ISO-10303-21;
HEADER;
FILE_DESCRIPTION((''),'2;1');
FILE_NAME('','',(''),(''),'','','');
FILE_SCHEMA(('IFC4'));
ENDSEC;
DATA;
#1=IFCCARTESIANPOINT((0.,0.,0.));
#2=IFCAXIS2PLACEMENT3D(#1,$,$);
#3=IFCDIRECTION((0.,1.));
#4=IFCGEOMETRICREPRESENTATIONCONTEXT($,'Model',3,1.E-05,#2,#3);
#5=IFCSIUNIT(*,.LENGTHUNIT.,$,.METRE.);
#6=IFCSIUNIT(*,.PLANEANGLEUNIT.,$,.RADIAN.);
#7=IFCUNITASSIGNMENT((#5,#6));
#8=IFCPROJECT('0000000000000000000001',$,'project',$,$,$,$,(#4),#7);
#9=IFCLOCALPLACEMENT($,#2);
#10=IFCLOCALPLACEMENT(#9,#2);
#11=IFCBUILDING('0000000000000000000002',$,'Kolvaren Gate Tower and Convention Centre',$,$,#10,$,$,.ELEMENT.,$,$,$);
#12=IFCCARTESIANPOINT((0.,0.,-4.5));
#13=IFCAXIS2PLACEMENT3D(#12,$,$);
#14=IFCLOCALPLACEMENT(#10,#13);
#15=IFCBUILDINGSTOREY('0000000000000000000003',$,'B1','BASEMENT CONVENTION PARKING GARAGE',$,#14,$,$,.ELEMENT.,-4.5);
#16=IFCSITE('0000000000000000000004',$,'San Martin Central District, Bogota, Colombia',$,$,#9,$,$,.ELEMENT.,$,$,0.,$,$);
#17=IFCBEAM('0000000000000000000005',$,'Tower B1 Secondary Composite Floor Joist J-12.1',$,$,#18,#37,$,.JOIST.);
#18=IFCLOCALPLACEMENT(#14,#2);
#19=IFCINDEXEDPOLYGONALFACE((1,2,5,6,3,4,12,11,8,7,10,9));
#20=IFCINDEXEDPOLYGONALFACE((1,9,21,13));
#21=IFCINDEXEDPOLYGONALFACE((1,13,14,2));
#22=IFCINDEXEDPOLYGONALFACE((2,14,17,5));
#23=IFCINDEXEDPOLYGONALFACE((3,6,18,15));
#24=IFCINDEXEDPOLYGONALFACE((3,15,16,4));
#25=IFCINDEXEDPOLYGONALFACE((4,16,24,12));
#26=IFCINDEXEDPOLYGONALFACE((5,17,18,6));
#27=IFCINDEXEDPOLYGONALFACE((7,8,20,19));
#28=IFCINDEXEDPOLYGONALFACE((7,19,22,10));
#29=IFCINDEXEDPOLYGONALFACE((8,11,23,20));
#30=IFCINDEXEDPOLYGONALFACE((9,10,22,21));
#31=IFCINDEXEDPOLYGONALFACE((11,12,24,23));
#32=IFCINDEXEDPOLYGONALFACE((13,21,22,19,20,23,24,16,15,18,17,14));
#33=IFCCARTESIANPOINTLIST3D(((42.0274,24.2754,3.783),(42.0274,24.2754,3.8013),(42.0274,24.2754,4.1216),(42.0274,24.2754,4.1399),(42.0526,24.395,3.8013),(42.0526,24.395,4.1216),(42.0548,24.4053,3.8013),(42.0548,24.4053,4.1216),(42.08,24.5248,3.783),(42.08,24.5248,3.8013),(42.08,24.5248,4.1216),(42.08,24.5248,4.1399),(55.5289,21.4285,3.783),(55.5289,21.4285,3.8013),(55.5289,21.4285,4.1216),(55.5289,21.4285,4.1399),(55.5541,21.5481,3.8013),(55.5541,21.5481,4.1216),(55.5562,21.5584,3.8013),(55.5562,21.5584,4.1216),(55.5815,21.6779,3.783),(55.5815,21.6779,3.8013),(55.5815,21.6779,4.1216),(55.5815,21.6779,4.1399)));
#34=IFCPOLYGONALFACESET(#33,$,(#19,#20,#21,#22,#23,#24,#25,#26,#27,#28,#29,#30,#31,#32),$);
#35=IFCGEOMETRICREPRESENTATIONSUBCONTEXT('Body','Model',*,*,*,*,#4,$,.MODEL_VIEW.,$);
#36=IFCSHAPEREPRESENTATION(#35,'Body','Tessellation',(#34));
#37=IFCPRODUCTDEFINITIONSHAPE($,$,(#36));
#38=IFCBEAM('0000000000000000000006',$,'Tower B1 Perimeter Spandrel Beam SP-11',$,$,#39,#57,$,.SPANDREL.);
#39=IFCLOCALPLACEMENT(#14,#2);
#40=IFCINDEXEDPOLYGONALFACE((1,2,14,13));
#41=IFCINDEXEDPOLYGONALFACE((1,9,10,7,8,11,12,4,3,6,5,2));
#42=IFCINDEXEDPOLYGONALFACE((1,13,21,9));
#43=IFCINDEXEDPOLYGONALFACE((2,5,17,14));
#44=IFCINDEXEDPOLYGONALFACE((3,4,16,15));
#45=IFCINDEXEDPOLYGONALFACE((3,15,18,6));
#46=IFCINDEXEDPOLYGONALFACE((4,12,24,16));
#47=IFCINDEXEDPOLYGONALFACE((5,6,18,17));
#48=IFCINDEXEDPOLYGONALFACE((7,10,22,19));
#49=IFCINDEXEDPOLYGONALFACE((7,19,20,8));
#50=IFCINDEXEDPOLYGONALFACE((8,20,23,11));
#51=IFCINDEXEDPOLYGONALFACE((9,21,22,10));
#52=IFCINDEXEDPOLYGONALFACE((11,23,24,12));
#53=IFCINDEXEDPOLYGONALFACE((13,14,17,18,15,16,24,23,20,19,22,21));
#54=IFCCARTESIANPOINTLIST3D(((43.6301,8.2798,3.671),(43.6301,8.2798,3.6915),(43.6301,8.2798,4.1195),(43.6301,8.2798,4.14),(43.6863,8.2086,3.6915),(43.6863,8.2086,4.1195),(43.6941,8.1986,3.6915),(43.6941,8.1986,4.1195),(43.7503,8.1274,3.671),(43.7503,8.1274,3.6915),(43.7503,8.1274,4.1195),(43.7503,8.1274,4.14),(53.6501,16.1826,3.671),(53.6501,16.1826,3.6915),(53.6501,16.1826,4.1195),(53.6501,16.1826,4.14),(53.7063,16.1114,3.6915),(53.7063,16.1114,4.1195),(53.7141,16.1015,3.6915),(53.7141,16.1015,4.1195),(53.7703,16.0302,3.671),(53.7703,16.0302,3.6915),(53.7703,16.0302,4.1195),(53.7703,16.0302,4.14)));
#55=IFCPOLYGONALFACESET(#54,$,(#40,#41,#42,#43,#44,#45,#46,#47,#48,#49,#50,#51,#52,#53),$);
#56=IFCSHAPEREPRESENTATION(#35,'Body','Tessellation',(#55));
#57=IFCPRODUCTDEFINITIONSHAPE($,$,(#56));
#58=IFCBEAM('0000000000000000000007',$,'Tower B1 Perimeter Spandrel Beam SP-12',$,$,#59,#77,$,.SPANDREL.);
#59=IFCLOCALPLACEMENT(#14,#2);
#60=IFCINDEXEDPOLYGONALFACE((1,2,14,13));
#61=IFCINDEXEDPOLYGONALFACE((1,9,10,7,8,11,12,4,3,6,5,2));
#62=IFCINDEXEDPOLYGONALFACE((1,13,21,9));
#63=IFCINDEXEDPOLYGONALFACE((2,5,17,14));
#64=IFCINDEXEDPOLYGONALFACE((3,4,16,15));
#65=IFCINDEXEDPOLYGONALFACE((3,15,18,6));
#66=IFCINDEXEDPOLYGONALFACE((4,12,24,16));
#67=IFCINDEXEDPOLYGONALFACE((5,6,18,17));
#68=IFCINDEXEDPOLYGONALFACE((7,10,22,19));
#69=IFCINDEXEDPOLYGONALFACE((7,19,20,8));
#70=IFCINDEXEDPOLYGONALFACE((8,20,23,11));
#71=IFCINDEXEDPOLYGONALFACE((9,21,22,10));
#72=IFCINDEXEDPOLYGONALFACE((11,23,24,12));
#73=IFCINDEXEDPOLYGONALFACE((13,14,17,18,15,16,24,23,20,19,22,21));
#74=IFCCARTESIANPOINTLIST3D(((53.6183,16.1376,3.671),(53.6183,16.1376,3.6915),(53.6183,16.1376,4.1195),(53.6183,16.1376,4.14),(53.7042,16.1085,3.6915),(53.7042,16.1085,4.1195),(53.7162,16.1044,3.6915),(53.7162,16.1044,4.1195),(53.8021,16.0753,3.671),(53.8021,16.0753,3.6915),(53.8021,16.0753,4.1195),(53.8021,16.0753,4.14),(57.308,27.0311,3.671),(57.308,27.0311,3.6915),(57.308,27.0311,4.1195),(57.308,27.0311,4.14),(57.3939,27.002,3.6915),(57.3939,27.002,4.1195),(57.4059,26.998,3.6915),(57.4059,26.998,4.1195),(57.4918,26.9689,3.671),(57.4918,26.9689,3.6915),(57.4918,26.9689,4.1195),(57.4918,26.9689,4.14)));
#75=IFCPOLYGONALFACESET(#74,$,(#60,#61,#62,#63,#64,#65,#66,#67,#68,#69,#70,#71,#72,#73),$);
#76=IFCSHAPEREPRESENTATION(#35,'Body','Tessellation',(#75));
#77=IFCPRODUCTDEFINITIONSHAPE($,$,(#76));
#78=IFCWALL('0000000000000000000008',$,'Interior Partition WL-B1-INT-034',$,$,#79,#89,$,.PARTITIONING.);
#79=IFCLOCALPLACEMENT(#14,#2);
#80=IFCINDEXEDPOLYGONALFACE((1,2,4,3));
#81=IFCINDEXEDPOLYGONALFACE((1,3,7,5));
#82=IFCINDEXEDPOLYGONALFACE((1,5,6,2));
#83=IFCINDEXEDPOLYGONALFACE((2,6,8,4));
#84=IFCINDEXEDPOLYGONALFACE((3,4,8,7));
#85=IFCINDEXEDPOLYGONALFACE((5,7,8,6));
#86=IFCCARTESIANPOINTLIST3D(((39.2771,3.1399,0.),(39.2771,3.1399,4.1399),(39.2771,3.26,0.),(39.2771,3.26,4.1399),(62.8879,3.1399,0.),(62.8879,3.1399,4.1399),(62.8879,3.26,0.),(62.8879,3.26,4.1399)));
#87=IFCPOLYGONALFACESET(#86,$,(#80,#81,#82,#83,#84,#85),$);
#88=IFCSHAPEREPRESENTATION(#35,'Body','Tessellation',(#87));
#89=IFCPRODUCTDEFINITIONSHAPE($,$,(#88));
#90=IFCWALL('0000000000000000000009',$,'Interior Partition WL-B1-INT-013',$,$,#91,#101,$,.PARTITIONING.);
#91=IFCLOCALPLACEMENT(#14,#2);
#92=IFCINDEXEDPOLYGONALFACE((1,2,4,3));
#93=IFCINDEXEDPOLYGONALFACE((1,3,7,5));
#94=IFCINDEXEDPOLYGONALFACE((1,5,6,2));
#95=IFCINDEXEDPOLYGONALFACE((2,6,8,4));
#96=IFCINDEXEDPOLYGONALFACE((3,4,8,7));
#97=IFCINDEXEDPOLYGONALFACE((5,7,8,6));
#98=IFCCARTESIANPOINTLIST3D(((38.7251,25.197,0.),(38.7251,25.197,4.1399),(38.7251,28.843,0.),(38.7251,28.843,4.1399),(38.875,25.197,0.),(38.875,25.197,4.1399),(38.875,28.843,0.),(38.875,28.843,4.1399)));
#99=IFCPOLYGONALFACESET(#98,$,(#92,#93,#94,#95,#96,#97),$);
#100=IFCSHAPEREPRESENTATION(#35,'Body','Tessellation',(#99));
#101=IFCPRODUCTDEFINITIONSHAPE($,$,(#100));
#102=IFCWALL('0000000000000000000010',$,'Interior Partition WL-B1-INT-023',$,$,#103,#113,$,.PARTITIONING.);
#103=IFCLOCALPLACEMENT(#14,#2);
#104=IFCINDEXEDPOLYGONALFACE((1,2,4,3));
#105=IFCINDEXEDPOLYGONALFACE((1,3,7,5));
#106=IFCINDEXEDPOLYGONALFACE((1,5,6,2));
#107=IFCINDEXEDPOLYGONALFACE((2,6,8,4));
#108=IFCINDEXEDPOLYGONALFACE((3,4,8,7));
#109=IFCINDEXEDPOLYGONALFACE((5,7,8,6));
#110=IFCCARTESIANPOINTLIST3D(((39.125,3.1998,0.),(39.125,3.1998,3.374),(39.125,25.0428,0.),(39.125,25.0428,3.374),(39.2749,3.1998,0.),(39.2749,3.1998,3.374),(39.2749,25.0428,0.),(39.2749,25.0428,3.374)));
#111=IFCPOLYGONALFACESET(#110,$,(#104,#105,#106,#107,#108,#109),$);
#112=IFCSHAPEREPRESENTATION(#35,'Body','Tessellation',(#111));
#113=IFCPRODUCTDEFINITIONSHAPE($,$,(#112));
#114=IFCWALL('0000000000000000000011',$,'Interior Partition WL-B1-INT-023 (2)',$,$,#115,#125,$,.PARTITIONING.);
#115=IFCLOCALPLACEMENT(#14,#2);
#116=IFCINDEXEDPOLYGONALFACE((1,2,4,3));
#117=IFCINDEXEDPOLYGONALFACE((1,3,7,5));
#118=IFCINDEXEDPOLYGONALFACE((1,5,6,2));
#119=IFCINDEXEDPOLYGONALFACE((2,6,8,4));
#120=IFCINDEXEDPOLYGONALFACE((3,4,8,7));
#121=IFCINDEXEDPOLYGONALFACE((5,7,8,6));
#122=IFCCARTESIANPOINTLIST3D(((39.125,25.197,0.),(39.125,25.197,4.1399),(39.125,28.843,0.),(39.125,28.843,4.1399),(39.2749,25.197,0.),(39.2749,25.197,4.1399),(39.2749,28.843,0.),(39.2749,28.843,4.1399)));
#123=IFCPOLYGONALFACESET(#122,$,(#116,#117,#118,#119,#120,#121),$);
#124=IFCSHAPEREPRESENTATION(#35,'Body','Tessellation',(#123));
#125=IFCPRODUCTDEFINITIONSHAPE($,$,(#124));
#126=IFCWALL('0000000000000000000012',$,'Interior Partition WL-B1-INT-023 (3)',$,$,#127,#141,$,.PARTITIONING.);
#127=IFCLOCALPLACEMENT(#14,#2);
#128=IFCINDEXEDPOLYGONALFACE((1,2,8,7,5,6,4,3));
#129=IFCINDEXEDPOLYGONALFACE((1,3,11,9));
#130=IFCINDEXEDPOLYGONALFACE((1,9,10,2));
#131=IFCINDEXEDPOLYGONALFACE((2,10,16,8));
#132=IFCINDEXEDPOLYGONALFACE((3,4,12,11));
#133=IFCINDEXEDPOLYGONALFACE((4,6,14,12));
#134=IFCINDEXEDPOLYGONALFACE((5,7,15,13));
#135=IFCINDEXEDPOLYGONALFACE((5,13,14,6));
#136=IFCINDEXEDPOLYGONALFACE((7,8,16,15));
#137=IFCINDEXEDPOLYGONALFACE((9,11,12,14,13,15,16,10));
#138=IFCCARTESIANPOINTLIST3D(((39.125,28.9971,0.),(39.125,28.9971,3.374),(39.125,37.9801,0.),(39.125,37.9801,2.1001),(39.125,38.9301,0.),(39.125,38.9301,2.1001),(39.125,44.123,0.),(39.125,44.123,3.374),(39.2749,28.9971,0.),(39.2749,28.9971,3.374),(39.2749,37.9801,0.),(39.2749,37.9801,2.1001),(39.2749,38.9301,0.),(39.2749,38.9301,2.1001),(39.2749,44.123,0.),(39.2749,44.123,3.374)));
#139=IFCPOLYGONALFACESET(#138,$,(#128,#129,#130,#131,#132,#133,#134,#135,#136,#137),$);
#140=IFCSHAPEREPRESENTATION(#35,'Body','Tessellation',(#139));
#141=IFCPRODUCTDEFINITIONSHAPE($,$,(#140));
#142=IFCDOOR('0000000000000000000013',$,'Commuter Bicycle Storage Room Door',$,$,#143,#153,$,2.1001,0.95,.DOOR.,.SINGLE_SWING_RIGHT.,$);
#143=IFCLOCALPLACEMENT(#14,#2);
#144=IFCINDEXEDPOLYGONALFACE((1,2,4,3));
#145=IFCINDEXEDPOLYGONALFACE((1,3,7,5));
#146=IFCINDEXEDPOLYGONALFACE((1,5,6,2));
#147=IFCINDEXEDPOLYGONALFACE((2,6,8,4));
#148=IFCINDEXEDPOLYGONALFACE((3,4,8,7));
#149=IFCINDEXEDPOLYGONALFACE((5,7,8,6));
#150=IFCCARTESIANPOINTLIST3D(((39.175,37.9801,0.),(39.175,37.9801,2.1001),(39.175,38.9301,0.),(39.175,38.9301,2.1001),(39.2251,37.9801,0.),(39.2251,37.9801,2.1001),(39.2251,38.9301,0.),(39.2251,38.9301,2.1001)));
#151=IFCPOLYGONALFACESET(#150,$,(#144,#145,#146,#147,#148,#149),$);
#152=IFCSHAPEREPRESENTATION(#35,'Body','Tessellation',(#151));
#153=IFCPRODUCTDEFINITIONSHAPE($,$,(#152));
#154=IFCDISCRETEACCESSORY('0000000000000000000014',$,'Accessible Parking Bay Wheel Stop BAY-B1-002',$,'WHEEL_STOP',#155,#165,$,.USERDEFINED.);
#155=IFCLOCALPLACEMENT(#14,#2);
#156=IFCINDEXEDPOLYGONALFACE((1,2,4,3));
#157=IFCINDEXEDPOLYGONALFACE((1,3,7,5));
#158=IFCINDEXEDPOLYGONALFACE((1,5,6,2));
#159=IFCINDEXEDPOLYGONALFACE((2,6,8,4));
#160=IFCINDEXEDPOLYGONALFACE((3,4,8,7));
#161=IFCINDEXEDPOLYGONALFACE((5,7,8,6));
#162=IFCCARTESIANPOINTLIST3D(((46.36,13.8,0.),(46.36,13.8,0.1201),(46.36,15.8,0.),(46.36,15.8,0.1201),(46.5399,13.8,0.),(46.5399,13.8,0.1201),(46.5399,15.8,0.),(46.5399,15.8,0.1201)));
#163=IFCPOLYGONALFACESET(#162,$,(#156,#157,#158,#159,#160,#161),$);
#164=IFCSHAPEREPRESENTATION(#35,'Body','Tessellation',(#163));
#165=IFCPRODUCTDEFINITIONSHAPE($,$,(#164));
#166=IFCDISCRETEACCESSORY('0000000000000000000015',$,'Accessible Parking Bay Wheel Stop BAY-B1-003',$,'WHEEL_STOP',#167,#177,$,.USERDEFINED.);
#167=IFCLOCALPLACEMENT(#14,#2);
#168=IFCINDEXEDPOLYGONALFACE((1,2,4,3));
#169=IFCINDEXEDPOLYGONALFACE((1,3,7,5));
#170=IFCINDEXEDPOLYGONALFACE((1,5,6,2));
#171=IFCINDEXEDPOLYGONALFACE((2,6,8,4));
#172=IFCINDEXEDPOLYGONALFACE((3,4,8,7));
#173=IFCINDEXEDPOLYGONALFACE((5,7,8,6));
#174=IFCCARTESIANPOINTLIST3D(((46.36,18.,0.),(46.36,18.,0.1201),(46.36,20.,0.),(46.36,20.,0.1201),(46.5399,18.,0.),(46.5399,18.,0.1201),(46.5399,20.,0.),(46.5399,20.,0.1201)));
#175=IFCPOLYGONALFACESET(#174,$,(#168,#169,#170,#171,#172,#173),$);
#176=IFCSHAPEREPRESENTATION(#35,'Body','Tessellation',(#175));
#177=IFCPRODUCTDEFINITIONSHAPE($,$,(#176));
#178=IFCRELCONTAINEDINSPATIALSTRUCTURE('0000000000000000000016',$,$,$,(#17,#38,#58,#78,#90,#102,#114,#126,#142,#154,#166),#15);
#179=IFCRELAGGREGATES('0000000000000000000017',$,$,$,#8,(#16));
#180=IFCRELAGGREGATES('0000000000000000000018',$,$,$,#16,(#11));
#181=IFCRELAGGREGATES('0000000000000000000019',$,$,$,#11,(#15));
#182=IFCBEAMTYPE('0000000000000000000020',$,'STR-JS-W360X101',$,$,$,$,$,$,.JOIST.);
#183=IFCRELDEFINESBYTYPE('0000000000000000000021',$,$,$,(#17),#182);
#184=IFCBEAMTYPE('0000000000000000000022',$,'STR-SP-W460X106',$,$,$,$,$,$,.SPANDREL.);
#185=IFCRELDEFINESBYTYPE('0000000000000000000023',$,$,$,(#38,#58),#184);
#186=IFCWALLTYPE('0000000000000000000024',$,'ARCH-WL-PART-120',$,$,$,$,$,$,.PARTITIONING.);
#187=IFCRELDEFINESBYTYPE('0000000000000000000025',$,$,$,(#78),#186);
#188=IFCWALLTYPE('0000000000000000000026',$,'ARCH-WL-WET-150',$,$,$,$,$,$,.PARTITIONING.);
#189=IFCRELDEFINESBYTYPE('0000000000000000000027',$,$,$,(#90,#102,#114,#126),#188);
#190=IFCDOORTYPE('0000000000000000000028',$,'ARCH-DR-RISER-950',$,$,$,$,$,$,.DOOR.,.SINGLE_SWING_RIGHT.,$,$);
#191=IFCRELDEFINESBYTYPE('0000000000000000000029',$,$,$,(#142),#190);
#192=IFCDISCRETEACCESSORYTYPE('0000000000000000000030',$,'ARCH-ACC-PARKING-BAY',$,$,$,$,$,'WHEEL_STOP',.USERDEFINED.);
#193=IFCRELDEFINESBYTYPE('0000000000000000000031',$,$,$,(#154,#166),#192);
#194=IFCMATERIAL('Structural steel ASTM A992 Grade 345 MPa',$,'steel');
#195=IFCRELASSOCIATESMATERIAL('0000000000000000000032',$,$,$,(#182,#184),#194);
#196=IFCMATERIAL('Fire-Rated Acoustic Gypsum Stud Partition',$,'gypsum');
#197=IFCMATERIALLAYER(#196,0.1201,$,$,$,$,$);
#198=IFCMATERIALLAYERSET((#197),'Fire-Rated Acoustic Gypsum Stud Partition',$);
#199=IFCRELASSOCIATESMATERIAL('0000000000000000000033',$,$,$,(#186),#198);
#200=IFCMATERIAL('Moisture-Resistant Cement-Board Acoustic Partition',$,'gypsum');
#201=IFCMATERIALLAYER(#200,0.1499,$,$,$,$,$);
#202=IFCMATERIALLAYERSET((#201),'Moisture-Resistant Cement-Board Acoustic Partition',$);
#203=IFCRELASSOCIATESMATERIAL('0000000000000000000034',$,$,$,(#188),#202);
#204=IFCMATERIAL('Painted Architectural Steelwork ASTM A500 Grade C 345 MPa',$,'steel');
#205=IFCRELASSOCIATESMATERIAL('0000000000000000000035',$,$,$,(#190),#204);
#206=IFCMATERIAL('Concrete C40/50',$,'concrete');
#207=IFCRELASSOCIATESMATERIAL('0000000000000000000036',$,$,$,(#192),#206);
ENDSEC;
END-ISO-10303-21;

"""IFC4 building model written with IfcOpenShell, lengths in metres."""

from ifc_helpers import new_model, si_unit, direction, frame, frame_2d, origin, origin_2d, place, context, subcontext, project, spatial, rectangle, i_section, extrude, material, layer, layer_set, material_profile, profile_set, type_object, element, fill, save


model = new_model("IFC4")

# Units and contexts
model_context = context("Model", 3, precision=1e-05, world=origin(), true_north=direction((0.0, 1.0)))
body_context = subcontext(model_context, "Body", "Model", "MODEL_VIEW")
ifc_project = project(units=[si_unit("LENGTHUNIT", "METRE"), si_unit("PLANEANGLEUNIT", "RADIAN")], contexts=[model_context])

# Site, building, storey
site_placement = place(None, origin())
site = spatial("IfcSite", under=ifc_project, at=site_placement, Name="San Martin Central District, Bogota, Colombia", CompositionType="ELEMENT", RefElevation=0.0)
building_placement = place(site_placement, origin())
building = spatial("IfcBuilding", under=site, at=building_placement, Name="Kolvaren Gate Tower and Convention Centre", CompositionType="ELEMENT")
storey_placement = place(building_placement, frame((0.0, 0.0, -4.5)))
storey = spatial("IfcBuildingStorey", under=building, at=storey_placement, Name="B1", Description="BASEMENT CONVENTION PARKING GARAGE", CompositionType="ELEMENT", Elevation=-4.5)

# Beams
ifc_material_1 = material(Name="Structural steel ASTM A992 Grade 345 MPa", Category="steel")
ifc_material_profile_1 = material_profile(ifc_material_1, i_section(OverallWidth=0.2549, OverallDepth=0.3569, WebThickness=0.0105, FlangeThickness=0.0183, at=origin_2d()), Name="W360X101")
ifc_profile_set_1 = profile_set([ifc_material_profile_1], Name="Structural steel ASTM A992 Grade 345 MPa")
beam_type_1 = type_object("IfcBeamType", Name="STR-JS-W360X101", PredefinedType="JOIST", material=ifc_profile_set_1)
beam_1_placement = place(storey_placement, frame((42.0537, 24.4001, 3.9614), z_axis=(0.978484, -0.206323, 0.0), x_axis=(0.206323, 0.978484, 0.0)))
element("IfcBeam", 1, at=beam_1_placement, inside=storey, type_object=beam_type_1, Name="Tower B1 Secondary Composite Floor Joist J-12.1", PredefinedType="JOIST", context=body_context, shape_type="SweptSolid", body=[
    extrude(i_section(OverallWidth=0.2549, OverallDepth=0.3569, WebThickness=0.0105, FlangeThickness=0.0183, at=origin_2d()), origin(), (0.0, 0.0, 1.0), 13.7983),
])
ifc_material_profile_2 = material_profile(ifc_material_1, i_section(OverallWidth=0.1941, OverallDepth=0.469, WebThickness=0.0127, FlangeThickness=0.0205, at=origin_2d()), Name="W460X106")
ifc_profile_set_2 = profile_set([ifc_material_profile_2], Name="Structural steel ASTM A992 Grade 345 MPa")
beam_type_2 = type_object("IfcBeamType", Name="STR-SP-W460X106", PredefinedType="SPANDREL", material=ifc_profile_set_2)
beam_2_placement = place(storey_placement, frame((43.6902, 8.2036, 3.9055), z_axis=(0.785176, 0.619272, 0.0), x_axis=(-0.619272, 0.785176, 0.0)))
element("IfcBeam", 2, at=beam_2_placement, inside=storey, type_object=beam_type_2, Name="Tower B1 Perimeter Spandrel Beam SP-11", PredefinedType="SPANDREL", context=body_context, shape_type="SweptSolid", body=[
    extrude(i_section(OverallWidth=0.1941, OverallDepth=0.469, WebThickness=0.0127, FlangeThickness=0.0205, at=origin_2d()), origin(), (0.0, 0.0, 1.0), 12.7615),
])
beam_3_placement = place(storey_placement, frame((53.7102, 16.1064, 3.9055), z_axis=(0.320803, 0.947146, 0.0), x_axis=(-0.947146, 0.320803, 0.0)))
element("IfcBeam", 3, at=beam_3_placement, inside=storey, type_object=beam_type_2, Name="Tower B1 Perimeter Spandrel Beam SP-12", PredefinedType="SPANDREL", context=body_context, shape_type="SweptSolid", body=[
    extrude(i_section(OverallWidth=0.1941, OverallDepth=0.469, WebThickness=0.0127, FlangeThickness=0.0205, at=origin_2d()), origin(), (0.0, 0.0, 1.0), 11.5015),
])

# Walls
ifc_material_2 = material(Name="Fire-Rated Acoustic Gypsum Stud Partition", Category="gypsum")
ifc_layer_1 = layer(ifc_material_2, 0.1201)
ifc_layer_set_1 = layer_set([ifc_layer_1], Name="Fire-Rated Acoustic Gypsum Stud Partition")
wall_type_1 = type_object("IfcWallType", Name="ARCH-WL-PART-120", PredefinedType="PARTITIONING", material=ifc_layer_set_1)
wall_1_placement = place(storey_placement, frame((39.2771, 3.2, 0.0), z_axis=(0.0, 0.0, 1.0), x_axis=(1.0, 0.0, 0.0)))
element("IfcWall", 4, at=wall_1_placement, inside=storey, type_object=wall_type_1, Name="Interior Partition WL-B1-INT-034", PredefinedType="PARTITIONING", context=body_context, shape_type="SweptSolid", body=[
    extrude(rectangle(XDim=23.6108, YDim=0.1201, at=frame_2d((11.8054, 0.0))), origin(), (0.0, 0.0, 1.0), 4.1399),
])
ifc_material_3 = material(Name="Moisture-Resistant Cement-Board Acoustic Partition", Category="gypsum")
ifc_layer_2 = layer(ifc_material_3, 0.1499)
ifc_layer_set_2 = layer_set([ifc_layer_2], Name="Moisture-Resistant Cement-Board Acoustic Partition")
wall_type_2 = type_object("IfcWallType", Name="ARCH-WL-WET-150", PredefinedType="PARTITIONING", material=ifc_layer_set_2)
wall_2_placement = place(storey_placement, frame((38.8, 25.197, 0.0), z_axis=(0.0, 0.0, 1.0), x_axis=(0.0, 1.0, 0.0)))
element("IfcWall", 5, at=wall_2_placement, inside=storey, type_object=wall_type_2, Name="Interior Partition WL-B1-INT-013", PredefinedType="PARTITIONING", context=body_context, shape_type="SweptSolid", body=[
    extrude(rectangle(XDim=3.646, YDim=0.1499, at=frame_2d((1.823, 0.0))), origin(), (0.0, 0.0, 1.0), 4.1399),
])
wall_3_placement = place(storey_placement, frame((39.2, 3.2, 0.0), z_axis=(0.0, 0.0, 1.0), x_axis=(0.0, 1.0, 0.0)))
element("IfcWall", 6, at=wall_3_placement, inside=storey, type_object=wall_type_2, Name="Interior Partition WL-B1-INT-023", PredefinedType="PARTITIONING", context=body_context, shape_type="SweptSolid", body=[
    extrude(rectangle(XDim=21.843, YDim=0.1499, at=frame_2d((10.9214, 0.0))), origin(), (0.0, 0.0, 1.0), 3.374),
])
wall_4_placement = place(storey_placement, frame((39.2, 25.197, 0.0), z_axis=(0.0, 0.0, 1.0), x_axis=(0.0, 1.0, 0.0)))
element("IfcWall", 7, at=wall_4_placement, inside=storey, type_object=wall_type_2, Name="Interior Partition WL-B1-INT-023 (2)", PredefinedType="PARTITIONING", context=body_context, shape_type="SweptSolid", body=[
    extrude(rectangle(XDim=3.646, YDim=0.1499, at=frame_2d((1.823, 0.0))), origin(), (0.0, 0.0, 1.0), 4.1399),
])

# Wall, opening, door
wall_5_placement = place(storey_placement, frame((39.2, 28.9971, 0.0), z_axis=(0.0, 0.0, 1.0), x_axis=(0.0, 1.0, 0.0)))
wall_5 = element("IfcWall", 8, at=wall_5_placement, inside=storey, type_object=wall_type_2, Name="Interior Partition WL-B1-INT-023 (3)", PredefinedType="PARTITIONING", context=body_context, shape_type="SweptSolid", body=[
    extrude(rectangle(XDim=15.126, YDim=0.1499, at=frame_2d((7.563, 0.0))), origin(), (0.0, 0.0, 1.0), 3.374),
])
opening_placement = place(wall_5_placement, frame((8.9829, 0.0, 0.0)))
opening = element("IfcOpeningElement", 9, at=opening_placement, cuts=wall_5, PredefinedType="OPENING", context=body_context, shape_type="SweptSolid", body=[
    extrude(rectangle(XDim=0.95, YDim=2.1001, at=frame_2d((0.4751, 1.05))), frame((0.0, 0.085, 0.0), z_axis=(0.0, -1.0, 0.0), x_axis=(1.0, 0.0, 0.0)), (0.0, 0.0, 1.0), 0.1699),
])
ifc_material_4 = material(Name="Painted Architectural Steelwork ASTM A500 Grade C 345 MPa", Category="steel")
door_type = type_object("IfcDoorType", Name="ARCH-DR-RISER-950", OperationType="SINGLE_SWING_RIGHT", PredefinedType="DOOR", material=ifc_material_4)
door_placement = place(opening_placement, origin())
door = element("IfcDoor", 10, at=door_placement, inside=storey, type_object=door_type, Name="Commuter Bicycle Storage Room Door", OperationType="SINGLE_SWING_RIGHT", OverallHeight=2.1001, OverallWidth=0.95, PredefinedType="DOOR", context=body_context, shape_type="SweptSolid", body=[
    extrude(rectangle(XDim=0.95, YDim=2.1001, at=frame_2d((0.4751, 1.05))), frame((0.0, 0.0249, 0.0), z_axis=(0.0, -1.0, 0.0), x_axis=(1.0, 0.0, 0.0)), (0.0, 0.0, 1.0), 0.05),
])
fill(opening, door)

# Discrete accessories
ifc_material_5 = material(Name="Concrete C40/50", Category="concrete")
discrete_accessory_type = type_object("IfcDiscreteAccessoryType", Name="ARCH-ACC-PARKING-BAY", ElementType="WHEEL_STOP", PredefinedType="USERDEFINED", material=ifc_material_5)
for number, where, z_axis, x_axis, name in (
    (11, (46.45, 14.8, 0.0), (0.0, 0.0, 1.0), (0.0, 1.0, 0.0), "Accessible Parking Bay Wheel Stop BAY-B1-002"),
    (12, (46.45, 19.0, 0.0), (0.0, 0.0, 1.0), (0.0, 1.0, 0.0), "Accessible Parking Bay Wheel Stop BAY-B1-003"),
):
    element("IfcDiscreteAccessory", number, at=place(storey_placement, frame(where, z_axis=z_axis, x_axis=x_axis)), inside=storey, type_object=discrete_accessory_type, Name=name, ObjectType="WHEEL_STOP", PredefinedType="USERDEFINED", context=body_context, shape_type="SweptSolid", body=[
        extrude(rectangle(XDim=2.0, YDim=0.1799, at=origin_2d()), origin(), (0.0, 0.0, 1.0), 0.1201),
    ])

save(model, "model.ifc")
